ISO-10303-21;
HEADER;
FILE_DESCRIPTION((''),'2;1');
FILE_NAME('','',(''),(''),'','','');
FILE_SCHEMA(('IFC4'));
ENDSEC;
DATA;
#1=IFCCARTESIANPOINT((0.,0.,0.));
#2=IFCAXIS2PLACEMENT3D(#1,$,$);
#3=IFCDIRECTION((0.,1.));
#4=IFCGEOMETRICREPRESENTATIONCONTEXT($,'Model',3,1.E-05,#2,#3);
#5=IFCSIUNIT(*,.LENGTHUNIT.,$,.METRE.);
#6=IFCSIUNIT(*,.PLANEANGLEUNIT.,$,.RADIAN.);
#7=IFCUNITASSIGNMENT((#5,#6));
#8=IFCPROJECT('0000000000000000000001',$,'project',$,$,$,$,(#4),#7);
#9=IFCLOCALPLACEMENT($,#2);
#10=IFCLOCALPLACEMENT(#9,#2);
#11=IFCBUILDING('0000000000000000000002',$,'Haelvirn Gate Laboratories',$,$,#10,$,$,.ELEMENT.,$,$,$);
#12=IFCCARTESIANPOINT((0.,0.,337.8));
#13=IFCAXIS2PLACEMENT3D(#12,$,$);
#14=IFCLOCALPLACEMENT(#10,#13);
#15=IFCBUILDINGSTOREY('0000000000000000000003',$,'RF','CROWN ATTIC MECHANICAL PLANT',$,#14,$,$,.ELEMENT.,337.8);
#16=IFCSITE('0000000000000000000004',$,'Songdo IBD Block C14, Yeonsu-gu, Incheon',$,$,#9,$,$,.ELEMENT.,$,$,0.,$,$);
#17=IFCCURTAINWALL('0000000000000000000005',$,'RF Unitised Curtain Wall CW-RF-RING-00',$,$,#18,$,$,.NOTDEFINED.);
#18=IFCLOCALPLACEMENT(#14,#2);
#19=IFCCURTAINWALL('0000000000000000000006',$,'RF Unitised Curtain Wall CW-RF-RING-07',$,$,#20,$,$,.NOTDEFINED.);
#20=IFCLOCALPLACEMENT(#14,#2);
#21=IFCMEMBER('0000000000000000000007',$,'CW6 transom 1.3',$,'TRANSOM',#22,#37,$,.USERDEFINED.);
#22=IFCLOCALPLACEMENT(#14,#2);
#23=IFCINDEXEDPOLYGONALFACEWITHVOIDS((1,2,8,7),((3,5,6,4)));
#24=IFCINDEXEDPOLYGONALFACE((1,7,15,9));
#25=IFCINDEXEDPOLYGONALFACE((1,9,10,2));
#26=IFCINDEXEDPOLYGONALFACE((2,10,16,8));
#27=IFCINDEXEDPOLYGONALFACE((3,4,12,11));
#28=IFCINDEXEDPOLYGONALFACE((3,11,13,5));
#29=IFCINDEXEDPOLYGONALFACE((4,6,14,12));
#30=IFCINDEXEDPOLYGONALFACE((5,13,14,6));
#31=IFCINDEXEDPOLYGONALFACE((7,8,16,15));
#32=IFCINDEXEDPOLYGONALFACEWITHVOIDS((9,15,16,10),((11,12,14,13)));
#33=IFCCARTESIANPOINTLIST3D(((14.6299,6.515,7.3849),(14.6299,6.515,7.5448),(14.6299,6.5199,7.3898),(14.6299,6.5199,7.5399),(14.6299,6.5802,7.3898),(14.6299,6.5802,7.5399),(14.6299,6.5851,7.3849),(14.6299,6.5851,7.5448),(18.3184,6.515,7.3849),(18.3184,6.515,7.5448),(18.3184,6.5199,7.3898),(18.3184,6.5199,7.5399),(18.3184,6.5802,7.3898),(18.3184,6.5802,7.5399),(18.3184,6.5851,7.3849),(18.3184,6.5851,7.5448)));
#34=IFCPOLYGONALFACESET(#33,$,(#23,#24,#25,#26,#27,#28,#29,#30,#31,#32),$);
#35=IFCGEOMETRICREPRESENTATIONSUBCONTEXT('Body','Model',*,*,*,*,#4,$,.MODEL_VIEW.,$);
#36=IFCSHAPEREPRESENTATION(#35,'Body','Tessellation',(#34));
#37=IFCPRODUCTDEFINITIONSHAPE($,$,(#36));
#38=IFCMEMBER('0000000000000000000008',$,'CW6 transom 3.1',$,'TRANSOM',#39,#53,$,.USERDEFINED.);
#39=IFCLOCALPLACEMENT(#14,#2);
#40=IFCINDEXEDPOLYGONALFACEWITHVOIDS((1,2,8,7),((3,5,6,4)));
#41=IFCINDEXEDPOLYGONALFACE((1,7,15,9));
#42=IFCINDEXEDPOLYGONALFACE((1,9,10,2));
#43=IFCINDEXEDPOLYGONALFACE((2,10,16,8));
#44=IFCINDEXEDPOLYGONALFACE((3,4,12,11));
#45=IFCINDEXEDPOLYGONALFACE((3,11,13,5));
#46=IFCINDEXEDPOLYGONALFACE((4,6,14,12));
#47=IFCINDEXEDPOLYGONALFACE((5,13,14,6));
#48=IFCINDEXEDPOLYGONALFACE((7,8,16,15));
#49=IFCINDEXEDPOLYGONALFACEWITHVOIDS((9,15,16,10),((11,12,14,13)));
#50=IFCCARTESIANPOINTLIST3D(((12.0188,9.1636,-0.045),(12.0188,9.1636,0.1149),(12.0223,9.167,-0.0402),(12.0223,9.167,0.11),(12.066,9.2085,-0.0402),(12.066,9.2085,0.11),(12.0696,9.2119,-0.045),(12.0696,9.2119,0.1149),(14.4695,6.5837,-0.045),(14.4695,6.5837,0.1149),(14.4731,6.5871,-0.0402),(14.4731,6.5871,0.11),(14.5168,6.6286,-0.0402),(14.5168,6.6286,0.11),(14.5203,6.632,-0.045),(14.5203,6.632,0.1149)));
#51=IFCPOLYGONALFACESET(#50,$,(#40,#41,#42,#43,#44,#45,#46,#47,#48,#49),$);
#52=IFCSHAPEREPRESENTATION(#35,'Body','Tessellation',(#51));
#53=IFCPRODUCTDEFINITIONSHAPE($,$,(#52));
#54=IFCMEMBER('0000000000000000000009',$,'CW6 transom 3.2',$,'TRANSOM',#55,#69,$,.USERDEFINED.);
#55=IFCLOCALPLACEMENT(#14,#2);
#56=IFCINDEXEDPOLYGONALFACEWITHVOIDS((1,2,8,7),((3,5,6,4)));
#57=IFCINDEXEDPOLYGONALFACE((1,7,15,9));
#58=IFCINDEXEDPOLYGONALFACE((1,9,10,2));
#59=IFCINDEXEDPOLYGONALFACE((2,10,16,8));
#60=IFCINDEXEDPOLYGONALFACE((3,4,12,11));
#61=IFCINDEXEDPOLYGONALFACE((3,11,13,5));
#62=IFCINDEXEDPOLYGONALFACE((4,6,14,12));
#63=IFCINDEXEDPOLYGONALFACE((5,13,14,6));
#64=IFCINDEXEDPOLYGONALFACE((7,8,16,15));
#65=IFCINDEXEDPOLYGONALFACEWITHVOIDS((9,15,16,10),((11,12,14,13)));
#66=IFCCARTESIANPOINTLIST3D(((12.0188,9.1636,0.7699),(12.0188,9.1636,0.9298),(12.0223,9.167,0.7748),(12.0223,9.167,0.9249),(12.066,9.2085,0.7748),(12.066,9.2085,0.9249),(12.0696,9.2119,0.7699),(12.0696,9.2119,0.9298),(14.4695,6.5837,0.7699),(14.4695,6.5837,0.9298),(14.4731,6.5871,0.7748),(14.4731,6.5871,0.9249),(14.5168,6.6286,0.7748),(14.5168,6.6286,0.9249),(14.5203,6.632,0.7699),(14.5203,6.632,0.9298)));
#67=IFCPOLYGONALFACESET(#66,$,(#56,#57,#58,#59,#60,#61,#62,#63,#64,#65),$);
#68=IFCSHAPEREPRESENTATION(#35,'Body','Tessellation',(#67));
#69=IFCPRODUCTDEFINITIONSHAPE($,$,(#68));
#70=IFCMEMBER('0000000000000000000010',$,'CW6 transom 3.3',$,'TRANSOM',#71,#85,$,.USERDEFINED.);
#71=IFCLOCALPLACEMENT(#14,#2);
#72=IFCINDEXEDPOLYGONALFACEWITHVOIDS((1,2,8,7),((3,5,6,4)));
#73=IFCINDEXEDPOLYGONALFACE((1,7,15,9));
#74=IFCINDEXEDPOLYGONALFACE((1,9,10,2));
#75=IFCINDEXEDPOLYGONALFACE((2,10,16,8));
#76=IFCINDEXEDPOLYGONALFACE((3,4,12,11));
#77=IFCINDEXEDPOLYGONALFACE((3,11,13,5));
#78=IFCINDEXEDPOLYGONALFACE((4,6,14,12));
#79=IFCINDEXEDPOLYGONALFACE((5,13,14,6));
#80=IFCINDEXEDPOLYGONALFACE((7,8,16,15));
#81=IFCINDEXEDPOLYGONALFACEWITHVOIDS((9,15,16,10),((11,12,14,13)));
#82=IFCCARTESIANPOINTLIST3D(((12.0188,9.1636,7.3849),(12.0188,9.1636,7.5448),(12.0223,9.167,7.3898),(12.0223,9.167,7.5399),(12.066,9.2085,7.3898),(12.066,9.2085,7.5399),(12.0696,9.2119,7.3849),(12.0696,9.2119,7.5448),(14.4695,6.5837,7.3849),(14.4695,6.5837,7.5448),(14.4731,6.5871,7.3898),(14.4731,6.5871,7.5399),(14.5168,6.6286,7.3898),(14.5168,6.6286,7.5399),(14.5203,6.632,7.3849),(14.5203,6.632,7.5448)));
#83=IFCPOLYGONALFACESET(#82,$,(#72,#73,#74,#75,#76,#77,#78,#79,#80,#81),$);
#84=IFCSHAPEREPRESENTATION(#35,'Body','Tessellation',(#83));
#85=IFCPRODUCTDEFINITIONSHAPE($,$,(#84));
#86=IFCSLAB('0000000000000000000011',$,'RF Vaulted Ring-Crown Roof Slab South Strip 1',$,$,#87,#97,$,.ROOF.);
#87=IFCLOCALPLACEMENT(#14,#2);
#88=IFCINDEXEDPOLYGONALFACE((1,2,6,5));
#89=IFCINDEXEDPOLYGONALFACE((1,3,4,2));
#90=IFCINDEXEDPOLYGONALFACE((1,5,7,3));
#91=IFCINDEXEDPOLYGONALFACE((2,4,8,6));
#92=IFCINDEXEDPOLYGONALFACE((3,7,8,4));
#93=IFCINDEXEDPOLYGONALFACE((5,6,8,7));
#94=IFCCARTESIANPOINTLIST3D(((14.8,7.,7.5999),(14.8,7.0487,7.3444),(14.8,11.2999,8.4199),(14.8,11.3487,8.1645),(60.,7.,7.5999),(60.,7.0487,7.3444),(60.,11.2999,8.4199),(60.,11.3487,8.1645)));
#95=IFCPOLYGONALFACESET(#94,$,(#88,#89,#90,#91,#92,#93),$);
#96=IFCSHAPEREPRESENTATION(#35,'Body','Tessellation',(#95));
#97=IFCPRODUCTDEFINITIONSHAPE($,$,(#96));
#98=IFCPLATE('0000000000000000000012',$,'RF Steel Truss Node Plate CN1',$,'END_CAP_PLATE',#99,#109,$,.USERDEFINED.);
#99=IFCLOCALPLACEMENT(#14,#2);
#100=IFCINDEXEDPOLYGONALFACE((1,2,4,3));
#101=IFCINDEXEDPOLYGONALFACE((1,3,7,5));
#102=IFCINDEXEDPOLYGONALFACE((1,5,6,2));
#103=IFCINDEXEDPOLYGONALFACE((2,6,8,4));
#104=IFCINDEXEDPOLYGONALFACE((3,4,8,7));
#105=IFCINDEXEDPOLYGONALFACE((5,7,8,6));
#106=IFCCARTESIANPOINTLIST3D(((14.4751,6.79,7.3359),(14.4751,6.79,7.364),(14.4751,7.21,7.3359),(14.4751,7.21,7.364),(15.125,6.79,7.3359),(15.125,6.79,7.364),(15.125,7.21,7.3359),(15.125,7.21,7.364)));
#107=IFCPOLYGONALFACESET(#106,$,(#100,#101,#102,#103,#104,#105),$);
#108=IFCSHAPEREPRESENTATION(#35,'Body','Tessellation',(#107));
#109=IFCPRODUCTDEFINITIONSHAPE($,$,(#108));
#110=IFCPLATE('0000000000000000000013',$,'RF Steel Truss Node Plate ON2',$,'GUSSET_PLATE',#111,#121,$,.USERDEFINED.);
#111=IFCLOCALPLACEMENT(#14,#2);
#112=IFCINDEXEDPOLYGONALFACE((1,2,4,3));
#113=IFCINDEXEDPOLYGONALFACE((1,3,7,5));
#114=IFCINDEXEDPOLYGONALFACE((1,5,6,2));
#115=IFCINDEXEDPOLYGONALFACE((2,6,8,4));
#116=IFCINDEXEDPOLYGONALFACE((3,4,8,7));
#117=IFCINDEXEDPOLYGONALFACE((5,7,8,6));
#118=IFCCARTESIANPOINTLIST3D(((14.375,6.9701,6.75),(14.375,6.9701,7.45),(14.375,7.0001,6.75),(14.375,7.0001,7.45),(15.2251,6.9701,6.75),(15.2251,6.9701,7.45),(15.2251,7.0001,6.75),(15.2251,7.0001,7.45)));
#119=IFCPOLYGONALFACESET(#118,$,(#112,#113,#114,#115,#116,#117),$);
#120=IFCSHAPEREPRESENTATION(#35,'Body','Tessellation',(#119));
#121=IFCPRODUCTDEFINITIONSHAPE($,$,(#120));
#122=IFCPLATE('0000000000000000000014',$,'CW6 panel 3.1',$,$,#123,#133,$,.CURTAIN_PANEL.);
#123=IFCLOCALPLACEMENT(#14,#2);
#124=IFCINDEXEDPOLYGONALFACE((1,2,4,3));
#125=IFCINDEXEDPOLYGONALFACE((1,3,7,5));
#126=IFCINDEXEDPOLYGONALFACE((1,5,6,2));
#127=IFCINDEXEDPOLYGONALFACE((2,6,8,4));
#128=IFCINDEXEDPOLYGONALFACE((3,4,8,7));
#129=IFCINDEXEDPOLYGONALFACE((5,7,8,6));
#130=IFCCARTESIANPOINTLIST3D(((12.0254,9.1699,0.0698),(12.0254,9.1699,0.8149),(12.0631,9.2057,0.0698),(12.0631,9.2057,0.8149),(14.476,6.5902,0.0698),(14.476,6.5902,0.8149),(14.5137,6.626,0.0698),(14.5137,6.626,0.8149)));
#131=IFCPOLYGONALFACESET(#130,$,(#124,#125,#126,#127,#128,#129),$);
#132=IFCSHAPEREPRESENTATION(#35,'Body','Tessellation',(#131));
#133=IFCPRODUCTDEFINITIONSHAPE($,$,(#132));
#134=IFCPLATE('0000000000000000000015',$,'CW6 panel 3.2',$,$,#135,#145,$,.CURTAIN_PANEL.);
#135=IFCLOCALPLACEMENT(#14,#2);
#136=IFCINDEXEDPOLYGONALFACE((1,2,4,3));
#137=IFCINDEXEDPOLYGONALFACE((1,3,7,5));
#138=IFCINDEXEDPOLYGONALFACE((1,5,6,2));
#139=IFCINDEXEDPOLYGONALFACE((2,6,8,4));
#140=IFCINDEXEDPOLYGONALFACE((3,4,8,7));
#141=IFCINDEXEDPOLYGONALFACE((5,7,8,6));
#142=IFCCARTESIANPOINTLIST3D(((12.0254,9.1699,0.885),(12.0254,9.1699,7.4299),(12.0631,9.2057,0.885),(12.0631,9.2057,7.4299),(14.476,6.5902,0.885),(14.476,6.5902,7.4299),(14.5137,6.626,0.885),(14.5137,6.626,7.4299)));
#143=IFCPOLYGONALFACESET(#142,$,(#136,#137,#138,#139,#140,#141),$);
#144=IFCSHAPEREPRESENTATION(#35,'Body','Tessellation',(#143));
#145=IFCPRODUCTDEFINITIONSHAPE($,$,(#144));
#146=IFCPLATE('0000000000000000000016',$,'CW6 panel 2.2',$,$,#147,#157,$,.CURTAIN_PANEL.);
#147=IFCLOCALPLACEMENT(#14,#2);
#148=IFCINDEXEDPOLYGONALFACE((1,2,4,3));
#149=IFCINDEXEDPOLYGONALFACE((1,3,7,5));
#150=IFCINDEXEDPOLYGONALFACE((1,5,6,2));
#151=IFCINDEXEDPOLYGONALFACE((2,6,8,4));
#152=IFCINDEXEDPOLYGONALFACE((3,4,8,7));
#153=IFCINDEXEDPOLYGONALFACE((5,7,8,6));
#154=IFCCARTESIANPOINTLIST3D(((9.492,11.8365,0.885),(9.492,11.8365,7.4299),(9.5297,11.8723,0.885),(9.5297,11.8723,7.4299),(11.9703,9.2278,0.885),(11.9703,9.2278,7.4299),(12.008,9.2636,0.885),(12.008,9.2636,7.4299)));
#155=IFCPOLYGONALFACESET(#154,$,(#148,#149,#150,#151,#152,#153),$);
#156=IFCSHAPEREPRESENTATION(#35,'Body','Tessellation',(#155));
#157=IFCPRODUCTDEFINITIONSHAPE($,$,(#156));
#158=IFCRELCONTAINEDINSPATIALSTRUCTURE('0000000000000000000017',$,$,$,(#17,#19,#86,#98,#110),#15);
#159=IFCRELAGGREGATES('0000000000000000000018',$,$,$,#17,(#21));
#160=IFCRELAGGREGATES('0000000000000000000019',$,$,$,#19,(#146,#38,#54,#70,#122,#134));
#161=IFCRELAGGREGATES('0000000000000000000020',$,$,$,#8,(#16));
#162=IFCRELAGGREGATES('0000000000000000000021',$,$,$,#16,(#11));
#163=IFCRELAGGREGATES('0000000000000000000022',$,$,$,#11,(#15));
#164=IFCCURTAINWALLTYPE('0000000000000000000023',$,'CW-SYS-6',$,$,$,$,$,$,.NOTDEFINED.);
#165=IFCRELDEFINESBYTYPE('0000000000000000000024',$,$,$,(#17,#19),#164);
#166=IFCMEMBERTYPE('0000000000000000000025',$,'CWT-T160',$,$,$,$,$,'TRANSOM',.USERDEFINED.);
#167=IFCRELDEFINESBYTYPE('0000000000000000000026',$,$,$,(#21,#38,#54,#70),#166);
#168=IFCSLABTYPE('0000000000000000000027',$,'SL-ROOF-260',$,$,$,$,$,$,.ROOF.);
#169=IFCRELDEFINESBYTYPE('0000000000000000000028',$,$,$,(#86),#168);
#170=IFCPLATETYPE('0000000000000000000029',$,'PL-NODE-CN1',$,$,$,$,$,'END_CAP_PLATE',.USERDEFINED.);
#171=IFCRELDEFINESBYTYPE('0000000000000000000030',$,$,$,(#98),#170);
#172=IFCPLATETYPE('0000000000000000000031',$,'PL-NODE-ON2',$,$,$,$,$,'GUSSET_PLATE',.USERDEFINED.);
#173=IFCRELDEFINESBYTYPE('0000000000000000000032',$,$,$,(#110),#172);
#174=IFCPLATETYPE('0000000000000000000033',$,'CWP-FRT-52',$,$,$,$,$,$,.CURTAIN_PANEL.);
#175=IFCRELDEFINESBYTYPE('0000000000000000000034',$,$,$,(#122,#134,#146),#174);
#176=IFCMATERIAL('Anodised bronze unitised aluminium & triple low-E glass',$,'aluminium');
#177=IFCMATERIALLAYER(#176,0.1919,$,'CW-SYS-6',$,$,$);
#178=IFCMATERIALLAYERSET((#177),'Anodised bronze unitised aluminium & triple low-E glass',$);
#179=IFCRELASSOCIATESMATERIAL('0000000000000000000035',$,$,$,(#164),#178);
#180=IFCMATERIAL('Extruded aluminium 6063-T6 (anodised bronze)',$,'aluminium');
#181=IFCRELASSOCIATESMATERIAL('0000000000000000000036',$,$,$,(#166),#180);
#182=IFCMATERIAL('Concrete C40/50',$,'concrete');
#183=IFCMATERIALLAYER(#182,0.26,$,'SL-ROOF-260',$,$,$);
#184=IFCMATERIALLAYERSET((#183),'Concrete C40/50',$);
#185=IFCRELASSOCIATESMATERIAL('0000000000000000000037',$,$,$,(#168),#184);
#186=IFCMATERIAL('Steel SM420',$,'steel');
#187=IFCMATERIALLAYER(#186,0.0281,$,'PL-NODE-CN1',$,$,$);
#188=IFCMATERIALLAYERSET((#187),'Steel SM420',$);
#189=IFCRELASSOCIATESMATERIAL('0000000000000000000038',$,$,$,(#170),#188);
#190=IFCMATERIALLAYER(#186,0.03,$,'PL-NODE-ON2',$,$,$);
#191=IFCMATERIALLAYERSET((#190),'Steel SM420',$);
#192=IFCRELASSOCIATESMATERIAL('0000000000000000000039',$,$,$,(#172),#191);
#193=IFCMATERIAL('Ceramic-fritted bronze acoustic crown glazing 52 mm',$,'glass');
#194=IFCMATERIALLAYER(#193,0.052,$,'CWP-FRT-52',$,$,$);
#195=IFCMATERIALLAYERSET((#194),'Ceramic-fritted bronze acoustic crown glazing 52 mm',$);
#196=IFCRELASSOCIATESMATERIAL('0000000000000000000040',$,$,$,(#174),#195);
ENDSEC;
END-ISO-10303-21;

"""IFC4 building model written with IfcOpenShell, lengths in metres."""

from ifc_helpers import new_model, si_unit, direction, frame, origin, origin_2d, place, context, subcontext, project, spatial, polyline, rectangle, hollow_rectangle, outline, extrude, source, transform, mapped, material, layer, layer_set, material_profile, profile_set, type_object, type_shapes, element, aggregate, save


model = new_model("IFC4")

# Units and contexts
model_context = context("Model", 3, precision=1e-05, world=origin(), true_north=direction((0.0, 1.0)))
body_context = subcontext(model_context, "Body", "Model", "MODEL_VIEW")
ifc_project = project(units=[si_unit("LENGTHUNIT", "METRE"), si_unit("PLANEANGLEUNIT", "RADIAN")], contexts=[model_context])

# Site, building, storey
site_placement = place(None, origin())
site = spatial("IfcSite", under=ifc_project, at=site_placement, Name="Songdo IBD Block C14, Yeonsu-gu, Incheon", CompositionType="ELEMENT", RefElevation=0.0)
building_placement = place(site_placement, origin())
building = spatial("IfcBuilding", under=site, at=building_placement, Name="Haelvirn Gate Laboratories", CompositionType="ELEMENT")
storey_placement = place(building_placement, frame((0.0, 0.0, 337.8)))
storey = spatial("IfcBuildingStorey", under=building, at=storey_placement, Name="RF", Description="CROWN ATTIC MECHANICAL PLANT", CompositionType="ELEMENT", Elevation=337.8)

# Shared definitions
ifc_material_1 = material(Name="Steel SM420", Category="steel")

# Curtain wall
ifc_material_2 = material(Name="Anodised bronze unitised aluminium & triple low-E glass", Category="aluminium")
ifc_layer_1 = layer(ifc_material_2, 0.1919, Name="CW-SYS-6")
ifc_layer_set_1 = layer_set([ifc_layer_1], Name="Anodised bronze unitised aluminium & triple low-E glass")
curtain_wall_type = type_object("IfcCurtainWallType", Name="CW-SYS-6", PredefinedType="NOTDEFINED", material=ifc_layer_set_1)
curtain_wall_1_placement = place(storey_placement, origin())
curtain_wall_1 = element("IfcCurtainWall", 1, at=curtain_wall_1_placement, inside=storey, type_object=curtain_wall_type, Name="RF Unitised Curtain Wall CW-RF-RING-00", PredefinedType="NOTDEFINED")
ifc_material_3 = material(Name="Extruded aluminium 6063-T6 (anodised bronze)", Category="aluminium")

# Curtain wall
curtain_wall_2_placement = place(storey_placement, origin())
curtain_wall_2 = element("IfcCurtainWall", 2, at=curtain_wall_2_placement, inside=storey, type_object=curtain_wall_type, Name="RF Unitised Curtain Wall CW-RF-RING-07", PredefinedType="NOTDEFINED")

# Members
ifc_material_profile_1 = material_profile(ifc_material_3, hollow_rectangle(XDim=0.0701, YDim=0.1599, WallThickness=0.0049, at=origin_2d()), Name="CWT-160x70x5")
ifc_profile_set_1 = profile_set([ifc_material_profile_1], Name="Extruded aluminium 6063-T6 (anodised bronze)")
member_type_1 = type_object("IfcMemberType", Name="CWT-T160", ElementType="TRANSOM", PredefinedType="USERDEFINED", material=ifc_profile_set_1)
shared_shape_1 = source(origin(), body_context, "Body", "SweptSolid", [
    extrude(hollow_rectangle(XDim=0.0701, YDim=0.1599, WallThickness=0.0049, at=origin_2d()), origin(), (0.0, 0.0, 1.0), 3.6885),
])
member_1_placement = place(storey_placement, frame((14.6299, 6.55, 7.4648), z_axis=(1.0, 0.0, 0.0), x_axis=(0.0, 1.0, 0.0)))
member_1 = element("IfcMember", 3, at=member_1_placement, type_object=member_type_1, Name="CW6 transom 1.3", ObjectType="TRANSOM", PredefinedType="USERDEFINED", context=body_context, shape_type="MappedRepresentation", body=[
    mapped(shared_shape_1, transform((0.0, 0.0, 0.0), scale=1.0)),
])
aggregate(curtain_wall_1, [member_1])
shared_shape_2 = source(origin(), body_context, "Body", "SweptSolid", [
    extrude(hollow_rectangle(XDim=0.0701, YDim=0.1599, WallThickness=0.0049, at=origin_2d()), origin(), (0.0, 0.0, 1.0), 3.5583),
])
type_shapes(member_type_1, [shared_shape_1, shared_shape_2])
member_2_placement = place(storey_placement, frame((12.0442, 9.1877, 0.0349), z_axis=(0.688726, -0.725022, 0.0), x_axis=(0.725022, 0.688726, 0.0)))
member_2 = element("IfcMember", 4, at=member_2_placement, type_object=member_type_1, Name="CW6 transom 3.1", ObjectType="TRANSOM", PredefinedType="USERDEFINED", context=body_context, shape_type="MappedRepresentation", body=[
    mapped(shared_shape_2, transform((0.0, 0.0, 0.0), scale=1.0)),
])
member_3_placement = place(storey_placement, frame((12.0442, 9.1877, 0.8499), z_axis=(0.688726, -0.725022, 0.0), x_axis=(0.725022, 0.688726, 0.0)))
member_3 = element("IfcMember", 5, at=member_3_placement, type_object=member_type_1, Name="CW6 transom 3.2", ObjectType="TRANSOM", PredefinedType="USERDEFINED", context=body_context, shape_type="MappedRepresentation", body=[
    mapped(shared_shape_2, transform((0.0, 0.0, 0.0), scale=1.0)),
])
member_4_placement = place(storey_placement, frame((12.0442, 9.1877, 7.4648), z_axis=(0.688726, -0.725022, 0.0), x_axis=(0.725022, 0.688726, 0.0)))
member_4 = element("IfcMember", 6, at=member_4_placement, type_object=member_type_1, Name="CW6 transom 3.3", ObjectType="TRANSOM", PredefinedType="USERDEFINED", context=body_context, shape_type="MappedRepresentation", body=[
    mapped(shared_shape_2, transform((0.0, 0.0, 0.0), scale=1.0)),
])

# Slab
ifc_material_4 = material(Name="Concrete C40/50", Category="concrete")
ifc_layer_2 = layer(ifc_material_4, 0.26, Name="SL-ROOF-260")
ifc_layer_set_2 = layer_set([ifc_layer_2], Name="Concrete C40/50")
slab_type = type_object("IfcSlabType", Name="SL-ROOF-260", PredefinedType="ROOF", material=ifc_layer_set_2)
slab_placement = place(storey_placement, frame((14.8, 7.0, 7.5999), z_axis=(0.0, -0.187335, 0.982296), x_axis=(1.0, 0.0, 0.0)))
element("IfcSlab", 7, at=slab_placement, inside=storey, type_object=slab_type, Name="RF Vaulted Ring-Crown Roof Slab South Strip 1", PredefinedType="ROOF", context=body_context, shape_type="SweptSolid", body=[
    extrude(outline(polyline([(0.0, 0.0), (45.2, 0.0), (45.2, 4.3774), (0.0, 4.3774), (0.0, 0.0)])), origin(), (0.0, 0.0, -1.0), 0.26),
])

# Plates
ifc_layer_3 = layer(ifc_material_1, 0.0281, Name="PL-NODE-CN1")
ifc_layer_set_3 = layer_set([ifc_layer_3], Name="Steel SM420")
plate_type_1 = type_object("IfcPlateType", Name="PL-NODE-CN1", ElementType="END_CAP_PLATE", PredefinedType="USERDEFINED", material=ifc_layer_set_3)
shared_shape_3 = source(origin(), body_context, "Body", "SweptSolid", [
    extrude(rectangle(XDim=0.6499, YDim=0.4199, at=origin_2d()), origin(), (0.0, 0.0, 1.0), 0.0281),
])
type_shapes(plate_type_1, [shared_shape_3])
plate_1_placement = place(storey_placement, frame((14.8, 7.0, 7.3359), z_axis=(0.0, 0.0, 1.0), x_axis=(1.0, 0.0, 0.0)))
element("IfcPlate", 8, at=plate_1_placement, inside=storey, type_object=plate_type_1, Name="RF Steel Truss Node Plate CN1", ObjectType="END_CAP_PLATE", PredefinedType="USERDEFINED", context=body_context, shape_type="MappedRepresentation", body=[
    mapped(shared_shape_3, transform((0.0, 0.0, 0.0), scale=1.0)),
])
ifc_layer_4 = layer(ifc_material_1, 0.03, Name="PL-NODE-ON2")
ifc_layer_set_4 = layer_set([ifc_layer_4], Name="Steel SM420")
plate_type_2 = type_object("IfcPlateType", Name="PL-NODE-ON2", ElementType="GUSSET_PLATE", PredefinedType="USERDEFINED", material=ifc_layer_set_4)
shared_shape_4 = source(origin(), body_context, "Body", "SweptSolid", [
    extrude(rectangle(XDim=0.8501, YDim=0.03, at=origin_2d()), origin(), (0.0, 0.0, 1.0), 0.7),
])
type_shapes(plate_type_2, [shared_shape_4])
plate_2_placement = place(storey_placement, frame((14.8, 6.9851, 6.75), z_axis=(0.0, 0.0, 1.0), x_axis=(1.0, 0.0, 0.0)))
element("IfcPlate", 9, at=plate_2_placement, inside=storey, type_object=plate_type_2, Name="RF Steel Truss Node Plate ON2", ObjectType="GUSSET_PLATE", PredefinedType="USERDEFINED", context=body_context, shape_type="MappedRepresentation", body=[
    mapped(shared_shape_4, transform((0.0, 0.0, 0.0), scale=1.0)),
])

# Plates
ifc_material_5 = material(Name="Ceramic-fritted bronze acoustic crown glazing 52 mm", Category="glass")
ifc_layer_5 = layer(ifc_material_5, 0.052, Name="CWP-FRT-52")
ifc_layer_set_5 = layer_set([ifc_layer_5], Name="Ceramic-fritted bronze acoustic crown glazing 52 mm")
plate_type_3 = type_object("IfcPlateType", Name="CWP-FRT-52", PredefinedType="CURTAIN_PANEL", material=ifc_layer_set_5)
shared_shape_5 = source(origin(), body_context, "Body", "SweptSolid", [
    extrude(rectangle(XDim=3.5581, YDim=0.052, at=origin_2d()), origin(), (0.0, 0.0, 1.0), 0.7451),
])
plate_3_placement = place(storey_placement, frame((13.2695, 7.8979, 0.0698), z_axis=(0.0, 0.0, 1.0), x_axis=(0.688749, -0.724999, 0.0)))
plate_3 = element("IfcPlate", 10, at=plate_3_placement, type_object=plate_type_3, Name="CW6 panel 3.1", PredefinedType="CURTAIN_PANEL", context=body_context, shape_type="MappedRepresentation", body=[
    mapped(shared_shape_5, transform((0.0, 0.0, 0.0), scale=1.0)),
])
shared_shape_6 = source(origin(), body_context, "Body", "SweptSolid", [
    extrude(rectangle(XDim=3.5581, YDim=0.052, at=origin_2d()), origin(), (0.0, 0.0, 1.0), 6.5449),
])
plate_4_placement = place(storey_placement, frame((13.2695, 7.8979, 0.885), z_axis=(0.0, 0.0, 1.0), x_axis=(0.688749, -0.724999, 0.0)))
plate_4 = element("IfcPlate", 11, at=plate_4_placement, type_object=plate_type_3, Name="CW6 panel 3.2", PredefinedType="CURTAIN_PANEL", context=body_context, shape_type="MappedRepresentation", body=[
    mapped(shared_shape_6, transform((0.0, 0.0, 0.0), scale=1.0)),
])
shared_shape_7 = source(origin(), body_context, "Body", "SweptSolid", [
    extrude(rectangle(XDim=3.5981, YDim=0.052, at=origin_2d()), origin(), (0.0, 0.0, 1.0), 6.5449),
])
type_shapes(plate_type_3, [shared_shape_5, shared_shape_6, shared_shape_7])
plate_5_placement = place(storey_placement, frame((10.75, 10.55, 0.885), z_axis=(0.0, 0.0, 1.0), x_axis=(0.688749, -0.724999, 0.0)))
plate_5 = element("IfcPlate", 12, at=plate_5_placement, type_object=plate_type_3, Name="CW6 panel 2.2", PredefinedType="CURTAIN_PANEL", context=body_context, shape_type="MappedRepresentation", body=[
    mapped(shared_shape_7, transform((0.0, 0.0, 0.0), scale=1.0)),
])
aggregate(curtain_wall_2, [plate_5, member_2, member_3, member_4, plate_3, plate_4])

save(model, "model.ifc")
